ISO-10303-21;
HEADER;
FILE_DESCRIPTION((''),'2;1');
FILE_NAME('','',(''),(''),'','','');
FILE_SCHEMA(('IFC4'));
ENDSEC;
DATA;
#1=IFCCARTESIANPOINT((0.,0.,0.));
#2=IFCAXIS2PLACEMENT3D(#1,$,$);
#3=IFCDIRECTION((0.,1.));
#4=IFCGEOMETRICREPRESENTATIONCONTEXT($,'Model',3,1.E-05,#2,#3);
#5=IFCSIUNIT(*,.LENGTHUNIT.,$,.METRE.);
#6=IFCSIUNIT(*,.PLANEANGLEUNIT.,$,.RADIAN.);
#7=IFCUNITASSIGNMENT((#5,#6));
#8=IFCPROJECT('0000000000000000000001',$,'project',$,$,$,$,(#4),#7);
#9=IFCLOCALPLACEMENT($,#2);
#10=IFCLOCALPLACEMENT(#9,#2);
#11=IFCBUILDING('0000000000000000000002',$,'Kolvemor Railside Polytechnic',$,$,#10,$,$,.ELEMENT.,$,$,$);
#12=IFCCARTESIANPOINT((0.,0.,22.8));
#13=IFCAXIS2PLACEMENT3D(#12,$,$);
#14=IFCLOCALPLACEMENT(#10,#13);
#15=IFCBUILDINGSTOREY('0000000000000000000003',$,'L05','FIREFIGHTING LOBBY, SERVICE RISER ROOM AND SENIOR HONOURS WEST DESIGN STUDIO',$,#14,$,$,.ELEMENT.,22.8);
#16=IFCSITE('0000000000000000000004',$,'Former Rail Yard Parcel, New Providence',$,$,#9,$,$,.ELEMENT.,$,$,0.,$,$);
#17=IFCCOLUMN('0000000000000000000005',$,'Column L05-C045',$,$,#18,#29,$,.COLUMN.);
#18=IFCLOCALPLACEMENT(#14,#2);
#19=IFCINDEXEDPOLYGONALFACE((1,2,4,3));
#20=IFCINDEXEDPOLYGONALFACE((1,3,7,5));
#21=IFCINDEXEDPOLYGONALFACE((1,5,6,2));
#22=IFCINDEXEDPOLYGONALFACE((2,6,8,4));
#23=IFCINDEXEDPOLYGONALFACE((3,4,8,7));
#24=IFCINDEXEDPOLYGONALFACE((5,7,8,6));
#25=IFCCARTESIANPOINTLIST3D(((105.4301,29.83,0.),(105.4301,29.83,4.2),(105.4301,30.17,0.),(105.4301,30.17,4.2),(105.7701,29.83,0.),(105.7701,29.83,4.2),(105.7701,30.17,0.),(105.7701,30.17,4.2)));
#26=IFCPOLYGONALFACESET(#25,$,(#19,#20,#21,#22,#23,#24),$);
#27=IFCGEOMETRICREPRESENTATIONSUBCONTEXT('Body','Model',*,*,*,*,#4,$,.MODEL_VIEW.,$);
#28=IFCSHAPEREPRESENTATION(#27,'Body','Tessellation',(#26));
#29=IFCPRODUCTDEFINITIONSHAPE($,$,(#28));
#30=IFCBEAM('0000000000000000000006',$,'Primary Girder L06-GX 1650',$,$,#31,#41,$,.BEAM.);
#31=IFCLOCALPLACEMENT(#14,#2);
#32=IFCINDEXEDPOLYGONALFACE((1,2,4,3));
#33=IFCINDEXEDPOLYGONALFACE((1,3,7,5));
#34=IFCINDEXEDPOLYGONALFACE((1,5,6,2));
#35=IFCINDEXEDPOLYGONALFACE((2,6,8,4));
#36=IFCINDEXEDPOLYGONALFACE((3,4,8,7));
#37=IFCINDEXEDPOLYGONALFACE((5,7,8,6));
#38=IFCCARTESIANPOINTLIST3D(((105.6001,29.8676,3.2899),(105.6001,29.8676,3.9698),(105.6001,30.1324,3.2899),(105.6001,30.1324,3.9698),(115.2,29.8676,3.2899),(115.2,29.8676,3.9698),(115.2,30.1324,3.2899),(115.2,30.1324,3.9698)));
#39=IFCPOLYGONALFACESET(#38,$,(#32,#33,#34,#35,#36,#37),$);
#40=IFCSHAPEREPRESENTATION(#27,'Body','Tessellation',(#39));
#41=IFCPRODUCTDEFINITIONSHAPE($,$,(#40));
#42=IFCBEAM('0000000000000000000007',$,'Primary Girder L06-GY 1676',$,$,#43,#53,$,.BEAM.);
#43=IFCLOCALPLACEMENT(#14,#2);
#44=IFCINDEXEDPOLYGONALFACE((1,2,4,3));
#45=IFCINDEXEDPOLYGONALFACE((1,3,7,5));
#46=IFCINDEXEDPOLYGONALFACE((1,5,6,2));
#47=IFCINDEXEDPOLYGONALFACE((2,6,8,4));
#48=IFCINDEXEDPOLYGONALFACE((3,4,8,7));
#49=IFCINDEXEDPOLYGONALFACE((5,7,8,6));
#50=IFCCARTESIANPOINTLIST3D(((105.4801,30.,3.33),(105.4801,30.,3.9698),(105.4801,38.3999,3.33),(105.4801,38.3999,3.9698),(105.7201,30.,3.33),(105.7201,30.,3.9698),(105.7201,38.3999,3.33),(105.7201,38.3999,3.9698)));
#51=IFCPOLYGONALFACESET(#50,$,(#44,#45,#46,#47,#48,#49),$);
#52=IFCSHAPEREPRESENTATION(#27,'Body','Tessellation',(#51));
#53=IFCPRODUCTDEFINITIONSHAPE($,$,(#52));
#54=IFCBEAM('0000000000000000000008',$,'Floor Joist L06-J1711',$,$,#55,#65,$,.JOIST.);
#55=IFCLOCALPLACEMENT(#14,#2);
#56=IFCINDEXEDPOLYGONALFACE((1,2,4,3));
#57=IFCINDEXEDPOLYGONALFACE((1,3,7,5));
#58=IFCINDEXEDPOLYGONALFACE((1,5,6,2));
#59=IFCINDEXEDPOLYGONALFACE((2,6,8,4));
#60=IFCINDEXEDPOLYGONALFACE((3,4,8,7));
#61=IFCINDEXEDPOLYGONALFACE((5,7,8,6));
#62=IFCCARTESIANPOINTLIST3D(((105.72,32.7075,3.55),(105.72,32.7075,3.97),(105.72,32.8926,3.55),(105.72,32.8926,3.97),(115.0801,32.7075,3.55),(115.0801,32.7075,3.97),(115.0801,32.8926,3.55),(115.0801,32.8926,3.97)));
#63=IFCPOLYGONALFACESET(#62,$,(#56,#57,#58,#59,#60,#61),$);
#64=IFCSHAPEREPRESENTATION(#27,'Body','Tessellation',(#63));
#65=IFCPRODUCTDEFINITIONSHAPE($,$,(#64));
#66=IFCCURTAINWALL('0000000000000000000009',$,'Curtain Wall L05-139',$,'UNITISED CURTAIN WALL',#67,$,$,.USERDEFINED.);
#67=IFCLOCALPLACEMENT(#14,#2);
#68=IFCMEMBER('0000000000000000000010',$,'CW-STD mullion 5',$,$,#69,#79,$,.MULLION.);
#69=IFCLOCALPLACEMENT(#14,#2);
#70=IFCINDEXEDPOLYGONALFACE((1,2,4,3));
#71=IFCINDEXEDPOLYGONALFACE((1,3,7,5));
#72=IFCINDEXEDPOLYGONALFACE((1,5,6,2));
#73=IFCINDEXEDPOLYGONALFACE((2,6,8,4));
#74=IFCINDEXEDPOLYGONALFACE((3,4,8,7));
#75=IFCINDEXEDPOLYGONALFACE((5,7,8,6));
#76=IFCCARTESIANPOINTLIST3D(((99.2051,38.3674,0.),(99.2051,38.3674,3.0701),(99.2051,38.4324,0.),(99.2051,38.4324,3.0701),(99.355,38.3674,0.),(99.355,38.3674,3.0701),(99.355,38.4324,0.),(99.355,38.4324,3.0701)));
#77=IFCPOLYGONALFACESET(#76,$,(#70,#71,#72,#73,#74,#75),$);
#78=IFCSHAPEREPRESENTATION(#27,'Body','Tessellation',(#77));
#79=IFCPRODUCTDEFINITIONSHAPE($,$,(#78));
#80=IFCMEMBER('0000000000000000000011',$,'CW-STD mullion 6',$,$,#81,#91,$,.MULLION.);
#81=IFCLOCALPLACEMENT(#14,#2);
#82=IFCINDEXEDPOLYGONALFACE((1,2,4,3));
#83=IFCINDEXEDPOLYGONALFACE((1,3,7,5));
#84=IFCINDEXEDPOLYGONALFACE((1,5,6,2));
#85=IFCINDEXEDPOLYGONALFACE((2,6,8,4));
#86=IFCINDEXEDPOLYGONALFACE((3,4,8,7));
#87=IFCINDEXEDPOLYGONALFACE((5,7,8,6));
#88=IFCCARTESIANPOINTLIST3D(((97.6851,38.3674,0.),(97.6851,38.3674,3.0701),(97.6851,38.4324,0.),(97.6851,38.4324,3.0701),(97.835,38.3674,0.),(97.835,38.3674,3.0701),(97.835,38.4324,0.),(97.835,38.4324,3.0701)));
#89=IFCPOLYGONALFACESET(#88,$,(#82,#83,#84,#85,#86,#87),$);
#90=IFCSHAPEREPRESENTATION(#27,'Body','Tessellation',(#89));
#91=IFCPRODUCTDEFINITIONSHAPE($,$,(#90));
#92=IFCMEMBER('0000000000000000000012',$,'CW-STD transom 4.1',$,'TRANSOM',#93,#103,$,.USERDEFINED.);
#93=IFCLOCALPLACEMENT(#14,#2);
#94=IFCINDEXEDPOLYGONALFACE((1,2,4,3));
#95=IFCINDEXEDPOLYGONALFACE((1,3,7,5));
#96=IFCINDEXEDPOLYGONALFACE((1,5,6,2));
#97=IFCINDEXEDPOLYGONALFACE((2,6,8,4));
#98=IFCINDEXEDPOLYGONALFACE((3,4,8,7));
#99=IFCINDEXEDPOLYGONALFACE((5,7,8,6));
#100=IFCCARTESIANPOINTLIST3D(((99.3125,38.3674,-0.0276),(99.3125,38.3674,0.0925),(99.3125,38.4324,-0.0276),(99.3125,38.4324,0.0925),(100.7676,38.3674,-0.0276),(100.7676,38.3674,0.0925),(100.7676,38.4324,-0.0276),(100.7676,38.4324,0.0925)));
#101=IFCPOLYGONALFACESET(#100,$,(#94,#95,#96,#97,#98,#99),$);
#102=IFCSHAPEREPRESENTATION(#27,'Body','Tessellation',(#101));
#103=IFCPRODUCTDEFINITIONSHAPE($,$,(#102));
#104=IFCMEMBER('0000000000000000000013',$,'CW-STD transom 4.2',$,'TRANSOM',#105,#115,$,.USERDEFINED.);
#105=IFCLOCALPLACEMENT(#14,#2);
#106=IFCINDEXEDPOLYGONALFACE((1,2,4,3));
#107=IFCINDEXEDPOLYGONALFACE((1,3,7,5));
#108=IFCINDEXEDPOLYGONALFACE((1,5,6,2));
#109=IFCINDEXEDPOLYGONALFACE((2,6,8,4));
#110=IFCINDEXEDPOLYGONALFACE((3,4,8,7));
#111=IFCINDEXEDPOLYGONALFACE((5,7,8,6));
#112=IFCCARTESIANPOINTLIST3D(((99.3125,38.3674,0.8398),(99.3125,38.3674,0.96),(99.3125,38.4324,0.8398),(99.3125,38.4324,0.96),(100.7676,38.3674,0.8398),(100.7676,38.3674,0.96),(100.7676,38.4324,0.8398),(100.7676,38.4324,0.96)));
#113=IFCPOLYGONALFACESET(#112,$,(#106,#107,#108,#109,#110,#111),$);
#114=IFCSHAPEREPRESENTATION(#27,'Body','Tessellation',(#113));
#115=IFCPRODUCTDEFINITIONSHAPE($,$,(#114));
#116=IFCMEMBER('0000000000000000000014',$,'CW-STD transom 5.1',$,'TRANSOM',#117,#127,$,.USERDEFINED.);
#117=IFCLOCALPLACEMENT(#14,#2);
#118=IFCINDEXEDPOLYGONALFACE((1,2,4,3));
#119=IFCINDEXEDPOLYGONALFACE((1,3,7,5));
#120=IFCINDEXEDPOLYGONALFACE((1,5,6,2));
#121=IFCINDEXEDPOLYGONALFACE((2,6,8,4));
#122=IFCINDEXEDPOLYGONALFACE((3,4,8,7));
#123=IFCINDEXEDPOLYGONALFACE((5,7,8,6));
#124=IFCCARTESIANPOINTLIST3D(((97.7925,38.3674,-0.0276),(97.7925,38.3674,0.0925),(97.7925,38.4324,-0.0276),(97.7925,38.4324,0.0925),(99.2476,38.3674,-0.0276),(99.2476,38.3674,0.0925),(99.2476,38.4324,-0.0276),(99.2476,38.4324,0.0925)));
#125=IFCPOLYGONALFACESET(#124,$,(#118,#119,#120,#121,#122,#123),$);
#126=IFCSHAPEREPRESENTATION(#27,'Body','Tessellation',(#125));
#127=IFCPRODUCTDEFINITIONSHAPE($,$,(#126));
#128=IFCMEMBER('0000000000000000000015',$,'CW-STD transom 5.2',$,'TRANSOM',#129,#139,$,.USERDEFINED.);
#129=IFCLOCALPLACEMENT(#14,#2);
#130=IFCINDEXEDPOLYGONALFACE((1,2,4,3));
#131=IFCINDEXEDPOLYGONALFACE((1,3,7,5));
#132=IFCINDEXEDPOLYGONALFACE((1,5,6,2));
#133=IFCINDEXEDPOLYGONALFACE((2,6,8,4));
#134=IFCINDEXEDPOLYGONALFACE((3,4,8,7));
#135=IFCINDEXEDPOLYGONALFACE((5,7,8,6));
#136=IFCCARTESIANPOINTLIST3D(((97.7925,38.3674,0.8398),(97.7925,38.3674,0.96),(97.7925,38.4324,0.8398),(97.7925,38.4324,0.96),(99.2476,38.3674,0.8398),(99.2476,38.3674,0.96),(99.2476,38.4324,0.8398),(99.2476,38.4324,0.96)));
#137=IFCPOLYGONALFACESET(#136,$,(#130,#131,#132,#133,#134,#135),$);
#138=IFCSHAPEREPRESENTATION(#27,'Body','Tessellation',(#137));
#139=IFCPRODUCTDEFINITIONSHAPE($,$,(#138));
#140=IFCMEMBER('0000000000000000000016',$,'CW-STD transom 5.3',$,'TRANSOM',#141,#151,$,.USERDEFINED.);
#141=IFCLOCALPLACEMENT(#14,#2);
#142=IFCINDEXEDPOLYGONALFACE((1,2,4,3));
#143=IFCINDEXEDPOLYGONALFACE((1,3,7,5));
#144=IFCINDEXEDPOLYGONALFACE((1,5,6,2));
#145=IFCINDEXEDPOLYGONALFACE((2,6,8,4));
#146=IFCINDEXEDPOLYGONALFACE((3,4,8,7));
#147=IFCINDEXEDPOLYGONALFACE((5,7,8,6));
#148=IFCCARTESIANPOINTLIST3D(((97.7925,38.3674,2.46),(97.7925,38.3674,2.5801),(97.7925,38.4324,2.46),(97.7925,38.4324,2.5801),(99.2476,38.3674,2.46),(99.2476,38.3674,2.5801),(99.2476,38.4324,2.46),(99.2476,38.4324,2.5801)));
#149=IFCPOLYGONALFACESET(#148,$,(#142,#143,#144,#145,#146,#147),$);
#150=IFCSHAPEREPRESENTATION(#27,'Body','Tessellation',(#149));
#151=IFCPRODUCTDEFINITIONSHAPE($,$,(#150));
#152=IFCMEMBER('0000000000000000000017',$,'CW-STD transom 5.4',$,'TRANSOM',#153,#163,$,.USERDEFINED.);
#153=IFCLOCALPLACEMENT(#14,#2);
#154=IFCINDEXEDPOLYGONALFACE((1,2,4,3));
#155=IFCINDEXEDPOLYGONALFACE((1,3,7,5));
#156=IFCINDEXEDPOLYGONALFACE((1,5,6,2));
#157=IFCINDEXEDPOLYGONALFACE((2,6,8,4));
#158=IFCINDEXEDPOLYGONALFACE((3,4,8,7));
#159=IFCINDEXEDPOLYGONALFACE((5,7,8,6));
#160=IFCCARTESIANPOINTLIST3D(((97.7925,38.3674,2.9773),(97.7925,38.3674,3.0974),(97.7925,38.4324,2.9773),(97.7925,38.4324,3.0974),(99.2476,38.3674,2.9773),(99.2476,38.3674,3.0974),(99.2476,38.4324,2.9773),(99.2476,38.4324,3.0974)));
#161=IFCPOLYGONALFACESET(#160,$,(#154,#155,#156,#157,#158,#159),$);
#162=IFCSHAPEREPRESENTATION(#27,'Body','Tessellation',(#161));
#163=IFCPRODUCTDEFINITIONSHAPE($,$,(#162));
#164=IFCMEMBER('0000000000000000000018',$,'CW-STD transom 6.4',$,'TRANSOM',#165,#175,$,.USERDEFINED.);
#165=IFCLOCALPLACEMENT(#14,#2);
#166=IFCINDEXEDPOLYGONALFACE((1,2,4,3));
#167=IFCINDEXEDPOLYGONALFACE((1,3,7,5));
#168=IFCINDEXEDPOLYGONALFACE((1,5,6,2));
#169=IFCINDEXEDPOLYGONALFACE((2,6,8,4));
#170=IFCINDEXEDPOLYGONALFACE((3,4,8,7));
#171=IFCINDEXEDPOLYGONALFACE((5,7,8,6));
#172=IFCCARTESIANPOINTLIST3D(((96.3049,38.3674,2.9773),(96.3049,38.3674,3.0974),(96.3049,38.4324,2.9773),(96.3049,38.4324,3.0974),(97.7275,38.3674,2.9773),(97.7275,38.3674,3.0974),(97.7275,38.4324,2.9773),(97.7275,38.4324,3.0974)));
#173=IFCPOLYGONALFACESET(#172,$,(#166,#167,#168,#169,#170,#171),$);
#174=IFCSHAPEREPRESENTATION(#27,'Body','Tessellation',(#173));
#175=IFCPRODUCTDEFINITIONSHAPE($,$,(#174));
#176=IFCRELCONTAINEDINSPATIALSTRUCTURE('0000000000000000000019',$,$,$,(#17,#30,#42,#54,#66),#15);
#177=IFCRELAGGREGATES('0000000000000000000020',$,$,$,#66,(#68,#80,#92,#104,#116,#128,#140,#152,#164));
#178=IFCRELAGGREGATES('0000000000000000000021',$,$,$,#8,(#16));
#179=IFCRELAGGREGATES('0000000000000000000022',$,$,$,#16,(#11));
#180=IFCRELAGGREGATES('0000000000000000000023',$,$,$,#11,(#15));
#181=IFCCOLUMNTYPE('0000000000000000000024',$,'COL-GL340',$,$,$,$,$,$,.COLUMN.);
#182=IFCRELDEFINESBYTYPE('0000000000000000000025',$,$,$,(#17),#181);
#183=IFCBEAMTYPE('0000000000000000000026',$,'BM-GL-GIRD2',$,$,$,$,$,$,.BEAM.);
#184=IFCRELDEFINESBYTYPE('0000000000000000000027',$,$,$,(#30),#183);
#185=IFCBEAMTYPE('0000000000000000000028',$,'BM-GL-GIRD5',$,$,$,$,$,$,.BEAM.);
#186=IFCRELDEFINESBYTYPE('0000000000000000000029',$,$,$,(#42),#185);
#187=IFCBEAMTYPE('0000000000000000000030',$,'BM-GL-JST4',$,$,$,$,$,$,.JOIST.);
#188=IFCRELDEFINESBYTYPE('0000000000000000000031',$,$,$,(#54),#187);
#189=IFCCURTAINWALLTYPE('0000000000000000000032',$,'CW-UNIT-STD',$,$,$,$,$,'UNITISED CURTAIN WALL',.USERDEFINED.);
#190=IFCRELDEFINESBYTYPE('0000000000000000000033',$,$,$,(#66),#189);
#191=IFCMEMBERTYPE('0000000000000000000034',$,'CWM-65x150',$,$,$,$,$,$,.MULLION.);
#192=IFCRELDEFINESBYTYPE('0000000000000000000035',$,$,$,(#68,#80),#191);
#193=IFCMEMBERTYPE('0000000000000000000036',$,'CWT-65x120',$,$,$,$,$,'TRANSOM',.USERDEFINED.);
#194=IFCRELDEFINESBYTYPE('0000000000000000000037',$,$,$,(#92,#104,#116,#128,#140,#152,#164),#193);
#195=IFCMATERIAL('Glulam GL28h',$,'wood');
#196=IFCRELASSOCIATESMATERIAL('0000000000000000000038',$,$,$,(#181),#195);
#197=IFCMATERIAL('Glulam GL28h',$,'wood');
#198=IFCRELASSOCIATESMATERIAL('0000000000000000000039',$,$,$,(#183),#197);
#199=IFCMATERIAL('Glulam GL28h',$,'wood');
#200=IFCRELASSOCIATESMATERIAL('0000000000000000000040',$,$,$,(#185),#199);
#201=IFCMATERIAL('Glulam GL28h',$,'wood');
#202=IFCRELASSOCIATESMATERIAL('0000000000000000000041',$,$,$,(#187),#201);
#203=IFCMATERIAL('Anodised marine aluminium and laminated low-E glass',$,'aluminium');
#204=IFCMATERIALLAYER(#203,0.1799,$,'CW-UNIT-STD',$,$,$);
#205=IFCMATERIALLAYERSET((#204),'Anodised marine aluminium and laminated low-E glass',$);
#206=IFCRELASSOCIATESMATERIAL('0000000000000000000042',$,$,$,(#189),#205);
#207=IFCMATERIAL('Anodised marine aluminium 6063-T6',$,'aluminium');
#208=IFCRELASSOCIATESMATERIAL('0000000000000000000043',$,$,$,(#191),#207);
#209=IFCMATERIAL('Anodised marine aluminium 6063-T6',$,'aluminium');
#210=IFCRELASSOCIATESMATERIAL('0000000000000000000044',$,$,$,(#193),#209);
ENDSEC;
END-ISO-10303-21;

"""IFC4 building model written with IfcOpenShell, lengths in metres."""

from ifc_helpers import new_model, si_unit, direction, frame, origin, origin_2d, place, context, subcontext, project, spatial, rectangle, extrude, material, layer, layer_set, material_profile, profile_set, type_object, element, aggregate, save


model = new_model("IFC4")

# Units and contexts
model_context = context("Model", 3, precision=1e-05, world=origin(), true_north=direction((0.0, 1.0)))
body_context = subcontext(model_context, "Body", "Model", "MODEL_VIEW")
ifc_project = project(units=[si_unit("LENGTHUNIT", "METRE"), si_unit("PLANEANGLEUNIT", "RADIAN")], contexts=[model_context])

# Site, building, storey
site_placement = place(None, origin())
site = spatial("IfcSite", under=ifc_project, at=site_placement, Name="Former Rail Yard Parcel, New Providence", CompositionType="ELEMENT", RefElevation=0.0)
building_placement = place(site_placement, origin())
building = spatial("IfcBuilding", under=site, at=building_placement, Name="Kolvemor Railside Polytechnic", CompositionType="ELEMENT")
storey_placement = place(building_placement, frame((0.0, 0.0, 22.8)))
storey = spatial("IfcBuildingStorey", under=building, at=storey_placement, Name="L05", Description="FIREFIGHTING LOBBY, SERVICE RISER ROOM AND SENIOR HONOURS WEST DESIGN STUDIO", CompositionType="ELEMENT", Elevation=22.8)

# Column
ifc_material_1 = material(Name="Glulam GL28h", Category="wood")
ifc_material_profile_1 = material_profile(ifc_material_1, rectangle(XDim=0.3401, YDim=0.3401, at=origin_2d()), Name="GL340x340")
ifc_profile_set_1 = profile_set([ifc_material_profile_1], Name="Glulam GL28h")
column_type = type_object("IfcColumnType", Name="COL-GL340", PredefinedType="COLUMN", material=ifc_profile_set_1)
column_placement = place(storey_placement, frame((105.6001, 30.0, 0.0), z_axis=(0.0, 0.0, 1.0), x_axis=(1.0, 0.0, 0.0)))
element("IfcColumn", 1, at=column_placement, inside=storey, type_object=column_type, Name="Column L05-C045", PredefinedType="COLUMN", context=body_context, shape_type="SweptSolid", body=[
    extrude(rectangle(XDim=0.3401, YDim=0.3401, at=origin_2d()), origin(), (0.0, 0.0, 1.0), 4.2),
])

# Beams
ifc_material_2 = material(Name="Glulam GL28h", Category="wood")
ifc_material_profile_2 = material_profile(ifc_material_2, rectangle(XDim=0.2649, YDim=0.6799, at=origin_2d()), Name="GL265x680")
ifc_profile_set_2 = profile_set([ifc_material_profile_2], Name="Glulam GL28h")
beam_type_1 = type_object("IfcBeamType", Name="BM-GL-GIRD2", PredefinedType="BEAM", material=ifc_profile_set_2)
beam_1_placement = place(storey_placement, frame((105.6001, 30.0, 3.6299), z_axis=(1.0, 0.0, 0.0), x_axis=(0.0, 1.0, 0.0)))
element("IfcBeam", 2, at=beam_1_placement, inside=storey, type_object=beam_type_1, Name="Primary Girder L06-GX 1650", PredefinedType="BEAM", context=body_context, shape_type="SweptSolid", body=[
    extrude(rectangle(XDim=0.2649, YDim=0.6799, at=origin_2d()), origin(), (0.0, 0.0, 1.0), 9.5999),
])
ifc_material_3 = material(Name="Glulam GL28h", Category="wood")
ifc_material_profile_3 = material_profile(ifc_material_3, rectangle(XDim=0.24, YDim=0.6399, at=origin_2d()), Name="GL240x640")
ifc_profile_set_3 = profile_set([ifc_material_profile_3], Name="Glulam GL28h")
beam_type_2 = type_object("IfcBeamType", Name="BM-GL-GIRD5", PredefinedType="BEAM", material=ifc_profile_set_3)
beam_2_placement = place(storey_placement, frame((105.6001, 30.0, 3.6499), z_axis=(0.0, 1.0, 0.0), x_axis=(-1.0, 0.0, 0.0)))
element("IfcBeam", 3, at=beam_2_placement, inside=storey, type_object=beam_type_2, Name="Primary Girder L06-GY 1676", PredefinedType="BEAM", context=body_context, shape_type="SweptSolid", body=[
    extrude(rectangle(XDim=0.24, YDim=0.6399, at=origin_2d()), origin(), (0.0, 0.0, 1.0), 8.3999),
])
ifc_material_4 = material(Name="Glulam GL28h", Category="wood")
ifc_material_profile_4 = material_profile(ifc_material_4, rectangle(XDim=0.1851, YDim=0.4199, at=origin_2d()), Name="GL185x420")
ifc_profile_set_4 = profile_set([ifc_material_profile_4], Name="Glulam GL28h")
beam_type_3 = type_object("IfcBeamType", Name="BM-GL-JST4", PredefinedType="JOIST", material=ifc_profile_set_4)
beam_3_placement = place(storey_placement, frame((105.72, 32.8, 3.76), z_axis=(1.0, 0.0, 0.0), x_axis=(0.0, 1.0, 0.0)))
element("IfcBeam", 4, at=beam_3_placement, inside=storey, type_object=beam_type_3, Name="Floor Joist L06-J1711", PredefinedType="JOIST", context=body_context, shape_type="SweptSolid", body=[
    extrude(rectangle(XDim=0.1851, YDim=0.4199, at=origin_2d()), origin(), (0.0, 0.0, 1.0), 9.3601),
])

# Curtain wall, members
ifc_material_5 = material(Name="Anodised marine aluminium and laminated low-E glass", Category="aluminium")
ifc_layer_1 = layer(ifc_material_5, 0.1799, Name="CW-UNIT-STD")
ifc_layer_set_1 = layer_set([ifc_layer_1], Name="Anodised marine aluminium and laminated low-E glass")
curtain_wall_type = type_object("IfcCurtainWallType", Name="CW-UNIT-STD", ElementType="UNITISED CURTAIN WALL", PredefinedType="USERDEFINED", material=ifc_layer_set_1)
curtain_wall_placement = place(storey_placement, origin())
curtain_wall = element("IfcCurtainWall", 5, at=curtain_wall_placement, inside=storey, type_object=curtain_wall_type, Name="Curtain Wall L05-139", ObjectType="UNITISED CURTAIN WALL", PredefinedType="USERDEFINED")
ifc_material_6 = material(Name="Anodised marine aluminium 6063-T6", Category="aluminium")
ifc_material_profile_5 = material_profile(ifc_material_6, rectangle(XDim=0.0649, YDim=0.1499, at=origin_2d()), Name="CW-MUL-65x150")
ifc_profile_set_5 = profile_set([ifc_material_profile_5], Name="Anodised marine aluminium 6063-T6")
member_type_1 = type_object("IfcMemberType", Name="CWM-65x150", PredefinedType="MULLION", material=ifc_profile_set_5)
member_1_placement = place(storey_placement, frame((99.28, 38.3999, 0.0), z_axis=(0.0, 0.0, 1.0), x_axis=(0.0, -1.0, 0.0)))
member_1 = element("IfcMember", 6, at=member_1_placement, type_object=member_type_1, Name="CW-STD mullion 5", PredefinedType="MULLION", context=body_context, shape_type="SweptSolid", body=[
    extrude(rectangle(XDim=0.0649, YDim=0.1499, at=origin_2d()), origin(), (0.0, 0.0, 1.0), 3.0701),
])
member_2_placement = place(storey_placement, frame((97.76, 38.3999, 0.0), z_axis=(0.0, 0.0, 1.0), x_axis=(0.0, -1.0, 0.0)))
member_2 = element("IfcMember", 7, at=member_2_placement, type_object=member_type_1, Name="CW-STD mullion 6", PredefinedType="MULLION", context=body_context, shape_type="SweptSolid", body=[
    extrude(rectangle(XDim=0.0649, YDim=0.1499, at=origin_2d()), origin(), (0.0, 0.0, 1.0), 3.0701),
])
ifc_material_7 = material(Name="Anodised marine aluminium 6063-T6", Category="aluminium")
ifc_material_profile_6 = material_profile(ifc_material_7, rectangle(XDim=0.0649, YDim=0.1201, at=origin_2d()), Name="CW-TRN-65x120")
ifc_profile_set_6 = profile_set([ifc_material_profile_6], Name="Anodised marine aluminium 6063-T6")
member_type_2 = type_object("IfcMemberType", Name="CWT-65x120", ElementType="TRANSOM", PredefinedType="USERDEFINED", material=ifc_profile_set_6)
member_3_placement = place(storey_placement, frame((100.7676, 38.3999, 0.0325), z_axis=(-1.0, 0.0, 0.0), x_axis=(0.0, -1.0, 0.0)))
member_3 = element("IfcMember", 8, at=member_3_placement, type_object=member_type_2, Name="CW-STD transom 4.1", ObjectType="TRANSOM", PredefinedType="USERDEFINED", context=body_context, shape_type="SweptSolid", body=[
    extrude(rectangle(XDim=0.0649, YDim=0.1201, at=origin_2d()), origin(), (0.0, 0.0, 1.0), 1.4551),
])
member_4_placement = place(storey_placement, frame((100.7676, 38.3999, 0.8999), z_axis=(-1.0, 0.0, 0.0), x_axis=(0.0, -1.0, 0.0)))
member_4 = element("IfcMember", 9, at=member_4_placement, type_object=member_type_2, Name="CW-STD transom 4.2", ObjectType="TRANSOM", PredefinedType="USERDEFINED", context=body_context, shape_type="SweptSolid", body=[
    extrude(rectangle(XDim=0.0649, YDim=0.1201, at=origin_2d()), origin(), (0.0, 0.0, 1.0), 1.4551),
])
member_5_placement = place(storey_placement, frame((99.2476, 38.3999, 0.0325), z_axis=(-1.0, 0.0, 0.0), x_axis=(0.0, -1.0, 0.0)))
member_5 = element("IfcMember", 10, at=member_5_placement, type_object=member_type_2, Name="CW-STD transom 5.1", ObjectType="TRANSOM", PredefinedType="USERDEFINED", context=body_context, shape_type="SweptSolid", body=[
    extrude(rectangle(XDim=0.0649, YDim=0.1201, at=origin_2d()), origin(), (0.0, 0.0, 1.0), 1.4551),
])
member_6_placement = place(storey_placement, frame((99.2476, 38.3999, 0.8999), z_axis=(-1.0, 0.0, 0.0), x_axis=(0.0, -1.0, 0.0)))
member_6 = element("IfcMember", 11, at=member_6_placement, type_object=member_type_2, Name="CW-STD transom 5.2", ObjectType="TRANSOM", PredefinedType="USERDEFINED", context=body_context, shape_type="SweptSolid", body=[
    extrude(rectangle(XDim=0.0649, YDim=0.1201, at=origin_2d()), origin(), (0.0, 0.0, 1.0), 1.4551),
])
member_7_placement = place(storey_placement, frame((99.2476, 38.3999, 2.52), z_axis=(-1.0, 0.0, 0.0), x_axis=(0.0, -1.0, 0.0)))
member_7 = element("IfcMember", 12, at=member_7_placement, type_object=member_type_2, Name="CW-STD transom 5.3", ObjectType="TRANSOM", PredefinedType="USERDEFINED", context=body_context, shape_type="SweptSolid", body=[
    extrude(rectangle(XDim=0.0649, YDim=0.1201, at=origin_2d()), origin(), (0.0, 0.0, 1.0), 1.4551),
])
member_8_placement = place(storey_placement, frame((99.2476, 38.3999, 3.0374), z_axis=(-1.0, 0.0, 0.0), x_axis=(0.0, -1.0, 0.0)))
member_8 = element("IfcMember", 13, at=member_8_placement, type_object=member_type_2, Name="CW-STD transom 5.4", ObjectType="TRANSOM", PredefinedType="USERDEFINED", context=body_context, shape_type="SweptSolid", body=[
    extrude(rectangle(XDim=0.0649, YDim=0.1201, at=origin_2d()), origin(), (0.0, 0.0, 1.0), 1.4551),
])
member_9_placement = place(storey_placement, frame((97.7275, 38.3999, 3.0374), z_axis=(-1.0, 0.0, 0.0), x_axis=(0.0, -1.0, 0.0)))
member_9 = element("IfcMember", 14, at=member_9_placement, type_object=member_type_2, Name="CW-STD transom 6.4", ObjectType="TRANSOM", PredefinedType="USERDEFINED", context=body_context, shape_type="SweptSolid", body=[
    extrude(rectangle(XDim=0.0649, YDim=0.1201, at=origin_2d()), origin(), (0.0, 0.0, 1.0), 1.4226),
])
aggregate(curtain_wall, [member_1, member_2, member_3, member_4, member_5, member_6, member_7, member_8, member_9])

save(model, "model.ifc")
